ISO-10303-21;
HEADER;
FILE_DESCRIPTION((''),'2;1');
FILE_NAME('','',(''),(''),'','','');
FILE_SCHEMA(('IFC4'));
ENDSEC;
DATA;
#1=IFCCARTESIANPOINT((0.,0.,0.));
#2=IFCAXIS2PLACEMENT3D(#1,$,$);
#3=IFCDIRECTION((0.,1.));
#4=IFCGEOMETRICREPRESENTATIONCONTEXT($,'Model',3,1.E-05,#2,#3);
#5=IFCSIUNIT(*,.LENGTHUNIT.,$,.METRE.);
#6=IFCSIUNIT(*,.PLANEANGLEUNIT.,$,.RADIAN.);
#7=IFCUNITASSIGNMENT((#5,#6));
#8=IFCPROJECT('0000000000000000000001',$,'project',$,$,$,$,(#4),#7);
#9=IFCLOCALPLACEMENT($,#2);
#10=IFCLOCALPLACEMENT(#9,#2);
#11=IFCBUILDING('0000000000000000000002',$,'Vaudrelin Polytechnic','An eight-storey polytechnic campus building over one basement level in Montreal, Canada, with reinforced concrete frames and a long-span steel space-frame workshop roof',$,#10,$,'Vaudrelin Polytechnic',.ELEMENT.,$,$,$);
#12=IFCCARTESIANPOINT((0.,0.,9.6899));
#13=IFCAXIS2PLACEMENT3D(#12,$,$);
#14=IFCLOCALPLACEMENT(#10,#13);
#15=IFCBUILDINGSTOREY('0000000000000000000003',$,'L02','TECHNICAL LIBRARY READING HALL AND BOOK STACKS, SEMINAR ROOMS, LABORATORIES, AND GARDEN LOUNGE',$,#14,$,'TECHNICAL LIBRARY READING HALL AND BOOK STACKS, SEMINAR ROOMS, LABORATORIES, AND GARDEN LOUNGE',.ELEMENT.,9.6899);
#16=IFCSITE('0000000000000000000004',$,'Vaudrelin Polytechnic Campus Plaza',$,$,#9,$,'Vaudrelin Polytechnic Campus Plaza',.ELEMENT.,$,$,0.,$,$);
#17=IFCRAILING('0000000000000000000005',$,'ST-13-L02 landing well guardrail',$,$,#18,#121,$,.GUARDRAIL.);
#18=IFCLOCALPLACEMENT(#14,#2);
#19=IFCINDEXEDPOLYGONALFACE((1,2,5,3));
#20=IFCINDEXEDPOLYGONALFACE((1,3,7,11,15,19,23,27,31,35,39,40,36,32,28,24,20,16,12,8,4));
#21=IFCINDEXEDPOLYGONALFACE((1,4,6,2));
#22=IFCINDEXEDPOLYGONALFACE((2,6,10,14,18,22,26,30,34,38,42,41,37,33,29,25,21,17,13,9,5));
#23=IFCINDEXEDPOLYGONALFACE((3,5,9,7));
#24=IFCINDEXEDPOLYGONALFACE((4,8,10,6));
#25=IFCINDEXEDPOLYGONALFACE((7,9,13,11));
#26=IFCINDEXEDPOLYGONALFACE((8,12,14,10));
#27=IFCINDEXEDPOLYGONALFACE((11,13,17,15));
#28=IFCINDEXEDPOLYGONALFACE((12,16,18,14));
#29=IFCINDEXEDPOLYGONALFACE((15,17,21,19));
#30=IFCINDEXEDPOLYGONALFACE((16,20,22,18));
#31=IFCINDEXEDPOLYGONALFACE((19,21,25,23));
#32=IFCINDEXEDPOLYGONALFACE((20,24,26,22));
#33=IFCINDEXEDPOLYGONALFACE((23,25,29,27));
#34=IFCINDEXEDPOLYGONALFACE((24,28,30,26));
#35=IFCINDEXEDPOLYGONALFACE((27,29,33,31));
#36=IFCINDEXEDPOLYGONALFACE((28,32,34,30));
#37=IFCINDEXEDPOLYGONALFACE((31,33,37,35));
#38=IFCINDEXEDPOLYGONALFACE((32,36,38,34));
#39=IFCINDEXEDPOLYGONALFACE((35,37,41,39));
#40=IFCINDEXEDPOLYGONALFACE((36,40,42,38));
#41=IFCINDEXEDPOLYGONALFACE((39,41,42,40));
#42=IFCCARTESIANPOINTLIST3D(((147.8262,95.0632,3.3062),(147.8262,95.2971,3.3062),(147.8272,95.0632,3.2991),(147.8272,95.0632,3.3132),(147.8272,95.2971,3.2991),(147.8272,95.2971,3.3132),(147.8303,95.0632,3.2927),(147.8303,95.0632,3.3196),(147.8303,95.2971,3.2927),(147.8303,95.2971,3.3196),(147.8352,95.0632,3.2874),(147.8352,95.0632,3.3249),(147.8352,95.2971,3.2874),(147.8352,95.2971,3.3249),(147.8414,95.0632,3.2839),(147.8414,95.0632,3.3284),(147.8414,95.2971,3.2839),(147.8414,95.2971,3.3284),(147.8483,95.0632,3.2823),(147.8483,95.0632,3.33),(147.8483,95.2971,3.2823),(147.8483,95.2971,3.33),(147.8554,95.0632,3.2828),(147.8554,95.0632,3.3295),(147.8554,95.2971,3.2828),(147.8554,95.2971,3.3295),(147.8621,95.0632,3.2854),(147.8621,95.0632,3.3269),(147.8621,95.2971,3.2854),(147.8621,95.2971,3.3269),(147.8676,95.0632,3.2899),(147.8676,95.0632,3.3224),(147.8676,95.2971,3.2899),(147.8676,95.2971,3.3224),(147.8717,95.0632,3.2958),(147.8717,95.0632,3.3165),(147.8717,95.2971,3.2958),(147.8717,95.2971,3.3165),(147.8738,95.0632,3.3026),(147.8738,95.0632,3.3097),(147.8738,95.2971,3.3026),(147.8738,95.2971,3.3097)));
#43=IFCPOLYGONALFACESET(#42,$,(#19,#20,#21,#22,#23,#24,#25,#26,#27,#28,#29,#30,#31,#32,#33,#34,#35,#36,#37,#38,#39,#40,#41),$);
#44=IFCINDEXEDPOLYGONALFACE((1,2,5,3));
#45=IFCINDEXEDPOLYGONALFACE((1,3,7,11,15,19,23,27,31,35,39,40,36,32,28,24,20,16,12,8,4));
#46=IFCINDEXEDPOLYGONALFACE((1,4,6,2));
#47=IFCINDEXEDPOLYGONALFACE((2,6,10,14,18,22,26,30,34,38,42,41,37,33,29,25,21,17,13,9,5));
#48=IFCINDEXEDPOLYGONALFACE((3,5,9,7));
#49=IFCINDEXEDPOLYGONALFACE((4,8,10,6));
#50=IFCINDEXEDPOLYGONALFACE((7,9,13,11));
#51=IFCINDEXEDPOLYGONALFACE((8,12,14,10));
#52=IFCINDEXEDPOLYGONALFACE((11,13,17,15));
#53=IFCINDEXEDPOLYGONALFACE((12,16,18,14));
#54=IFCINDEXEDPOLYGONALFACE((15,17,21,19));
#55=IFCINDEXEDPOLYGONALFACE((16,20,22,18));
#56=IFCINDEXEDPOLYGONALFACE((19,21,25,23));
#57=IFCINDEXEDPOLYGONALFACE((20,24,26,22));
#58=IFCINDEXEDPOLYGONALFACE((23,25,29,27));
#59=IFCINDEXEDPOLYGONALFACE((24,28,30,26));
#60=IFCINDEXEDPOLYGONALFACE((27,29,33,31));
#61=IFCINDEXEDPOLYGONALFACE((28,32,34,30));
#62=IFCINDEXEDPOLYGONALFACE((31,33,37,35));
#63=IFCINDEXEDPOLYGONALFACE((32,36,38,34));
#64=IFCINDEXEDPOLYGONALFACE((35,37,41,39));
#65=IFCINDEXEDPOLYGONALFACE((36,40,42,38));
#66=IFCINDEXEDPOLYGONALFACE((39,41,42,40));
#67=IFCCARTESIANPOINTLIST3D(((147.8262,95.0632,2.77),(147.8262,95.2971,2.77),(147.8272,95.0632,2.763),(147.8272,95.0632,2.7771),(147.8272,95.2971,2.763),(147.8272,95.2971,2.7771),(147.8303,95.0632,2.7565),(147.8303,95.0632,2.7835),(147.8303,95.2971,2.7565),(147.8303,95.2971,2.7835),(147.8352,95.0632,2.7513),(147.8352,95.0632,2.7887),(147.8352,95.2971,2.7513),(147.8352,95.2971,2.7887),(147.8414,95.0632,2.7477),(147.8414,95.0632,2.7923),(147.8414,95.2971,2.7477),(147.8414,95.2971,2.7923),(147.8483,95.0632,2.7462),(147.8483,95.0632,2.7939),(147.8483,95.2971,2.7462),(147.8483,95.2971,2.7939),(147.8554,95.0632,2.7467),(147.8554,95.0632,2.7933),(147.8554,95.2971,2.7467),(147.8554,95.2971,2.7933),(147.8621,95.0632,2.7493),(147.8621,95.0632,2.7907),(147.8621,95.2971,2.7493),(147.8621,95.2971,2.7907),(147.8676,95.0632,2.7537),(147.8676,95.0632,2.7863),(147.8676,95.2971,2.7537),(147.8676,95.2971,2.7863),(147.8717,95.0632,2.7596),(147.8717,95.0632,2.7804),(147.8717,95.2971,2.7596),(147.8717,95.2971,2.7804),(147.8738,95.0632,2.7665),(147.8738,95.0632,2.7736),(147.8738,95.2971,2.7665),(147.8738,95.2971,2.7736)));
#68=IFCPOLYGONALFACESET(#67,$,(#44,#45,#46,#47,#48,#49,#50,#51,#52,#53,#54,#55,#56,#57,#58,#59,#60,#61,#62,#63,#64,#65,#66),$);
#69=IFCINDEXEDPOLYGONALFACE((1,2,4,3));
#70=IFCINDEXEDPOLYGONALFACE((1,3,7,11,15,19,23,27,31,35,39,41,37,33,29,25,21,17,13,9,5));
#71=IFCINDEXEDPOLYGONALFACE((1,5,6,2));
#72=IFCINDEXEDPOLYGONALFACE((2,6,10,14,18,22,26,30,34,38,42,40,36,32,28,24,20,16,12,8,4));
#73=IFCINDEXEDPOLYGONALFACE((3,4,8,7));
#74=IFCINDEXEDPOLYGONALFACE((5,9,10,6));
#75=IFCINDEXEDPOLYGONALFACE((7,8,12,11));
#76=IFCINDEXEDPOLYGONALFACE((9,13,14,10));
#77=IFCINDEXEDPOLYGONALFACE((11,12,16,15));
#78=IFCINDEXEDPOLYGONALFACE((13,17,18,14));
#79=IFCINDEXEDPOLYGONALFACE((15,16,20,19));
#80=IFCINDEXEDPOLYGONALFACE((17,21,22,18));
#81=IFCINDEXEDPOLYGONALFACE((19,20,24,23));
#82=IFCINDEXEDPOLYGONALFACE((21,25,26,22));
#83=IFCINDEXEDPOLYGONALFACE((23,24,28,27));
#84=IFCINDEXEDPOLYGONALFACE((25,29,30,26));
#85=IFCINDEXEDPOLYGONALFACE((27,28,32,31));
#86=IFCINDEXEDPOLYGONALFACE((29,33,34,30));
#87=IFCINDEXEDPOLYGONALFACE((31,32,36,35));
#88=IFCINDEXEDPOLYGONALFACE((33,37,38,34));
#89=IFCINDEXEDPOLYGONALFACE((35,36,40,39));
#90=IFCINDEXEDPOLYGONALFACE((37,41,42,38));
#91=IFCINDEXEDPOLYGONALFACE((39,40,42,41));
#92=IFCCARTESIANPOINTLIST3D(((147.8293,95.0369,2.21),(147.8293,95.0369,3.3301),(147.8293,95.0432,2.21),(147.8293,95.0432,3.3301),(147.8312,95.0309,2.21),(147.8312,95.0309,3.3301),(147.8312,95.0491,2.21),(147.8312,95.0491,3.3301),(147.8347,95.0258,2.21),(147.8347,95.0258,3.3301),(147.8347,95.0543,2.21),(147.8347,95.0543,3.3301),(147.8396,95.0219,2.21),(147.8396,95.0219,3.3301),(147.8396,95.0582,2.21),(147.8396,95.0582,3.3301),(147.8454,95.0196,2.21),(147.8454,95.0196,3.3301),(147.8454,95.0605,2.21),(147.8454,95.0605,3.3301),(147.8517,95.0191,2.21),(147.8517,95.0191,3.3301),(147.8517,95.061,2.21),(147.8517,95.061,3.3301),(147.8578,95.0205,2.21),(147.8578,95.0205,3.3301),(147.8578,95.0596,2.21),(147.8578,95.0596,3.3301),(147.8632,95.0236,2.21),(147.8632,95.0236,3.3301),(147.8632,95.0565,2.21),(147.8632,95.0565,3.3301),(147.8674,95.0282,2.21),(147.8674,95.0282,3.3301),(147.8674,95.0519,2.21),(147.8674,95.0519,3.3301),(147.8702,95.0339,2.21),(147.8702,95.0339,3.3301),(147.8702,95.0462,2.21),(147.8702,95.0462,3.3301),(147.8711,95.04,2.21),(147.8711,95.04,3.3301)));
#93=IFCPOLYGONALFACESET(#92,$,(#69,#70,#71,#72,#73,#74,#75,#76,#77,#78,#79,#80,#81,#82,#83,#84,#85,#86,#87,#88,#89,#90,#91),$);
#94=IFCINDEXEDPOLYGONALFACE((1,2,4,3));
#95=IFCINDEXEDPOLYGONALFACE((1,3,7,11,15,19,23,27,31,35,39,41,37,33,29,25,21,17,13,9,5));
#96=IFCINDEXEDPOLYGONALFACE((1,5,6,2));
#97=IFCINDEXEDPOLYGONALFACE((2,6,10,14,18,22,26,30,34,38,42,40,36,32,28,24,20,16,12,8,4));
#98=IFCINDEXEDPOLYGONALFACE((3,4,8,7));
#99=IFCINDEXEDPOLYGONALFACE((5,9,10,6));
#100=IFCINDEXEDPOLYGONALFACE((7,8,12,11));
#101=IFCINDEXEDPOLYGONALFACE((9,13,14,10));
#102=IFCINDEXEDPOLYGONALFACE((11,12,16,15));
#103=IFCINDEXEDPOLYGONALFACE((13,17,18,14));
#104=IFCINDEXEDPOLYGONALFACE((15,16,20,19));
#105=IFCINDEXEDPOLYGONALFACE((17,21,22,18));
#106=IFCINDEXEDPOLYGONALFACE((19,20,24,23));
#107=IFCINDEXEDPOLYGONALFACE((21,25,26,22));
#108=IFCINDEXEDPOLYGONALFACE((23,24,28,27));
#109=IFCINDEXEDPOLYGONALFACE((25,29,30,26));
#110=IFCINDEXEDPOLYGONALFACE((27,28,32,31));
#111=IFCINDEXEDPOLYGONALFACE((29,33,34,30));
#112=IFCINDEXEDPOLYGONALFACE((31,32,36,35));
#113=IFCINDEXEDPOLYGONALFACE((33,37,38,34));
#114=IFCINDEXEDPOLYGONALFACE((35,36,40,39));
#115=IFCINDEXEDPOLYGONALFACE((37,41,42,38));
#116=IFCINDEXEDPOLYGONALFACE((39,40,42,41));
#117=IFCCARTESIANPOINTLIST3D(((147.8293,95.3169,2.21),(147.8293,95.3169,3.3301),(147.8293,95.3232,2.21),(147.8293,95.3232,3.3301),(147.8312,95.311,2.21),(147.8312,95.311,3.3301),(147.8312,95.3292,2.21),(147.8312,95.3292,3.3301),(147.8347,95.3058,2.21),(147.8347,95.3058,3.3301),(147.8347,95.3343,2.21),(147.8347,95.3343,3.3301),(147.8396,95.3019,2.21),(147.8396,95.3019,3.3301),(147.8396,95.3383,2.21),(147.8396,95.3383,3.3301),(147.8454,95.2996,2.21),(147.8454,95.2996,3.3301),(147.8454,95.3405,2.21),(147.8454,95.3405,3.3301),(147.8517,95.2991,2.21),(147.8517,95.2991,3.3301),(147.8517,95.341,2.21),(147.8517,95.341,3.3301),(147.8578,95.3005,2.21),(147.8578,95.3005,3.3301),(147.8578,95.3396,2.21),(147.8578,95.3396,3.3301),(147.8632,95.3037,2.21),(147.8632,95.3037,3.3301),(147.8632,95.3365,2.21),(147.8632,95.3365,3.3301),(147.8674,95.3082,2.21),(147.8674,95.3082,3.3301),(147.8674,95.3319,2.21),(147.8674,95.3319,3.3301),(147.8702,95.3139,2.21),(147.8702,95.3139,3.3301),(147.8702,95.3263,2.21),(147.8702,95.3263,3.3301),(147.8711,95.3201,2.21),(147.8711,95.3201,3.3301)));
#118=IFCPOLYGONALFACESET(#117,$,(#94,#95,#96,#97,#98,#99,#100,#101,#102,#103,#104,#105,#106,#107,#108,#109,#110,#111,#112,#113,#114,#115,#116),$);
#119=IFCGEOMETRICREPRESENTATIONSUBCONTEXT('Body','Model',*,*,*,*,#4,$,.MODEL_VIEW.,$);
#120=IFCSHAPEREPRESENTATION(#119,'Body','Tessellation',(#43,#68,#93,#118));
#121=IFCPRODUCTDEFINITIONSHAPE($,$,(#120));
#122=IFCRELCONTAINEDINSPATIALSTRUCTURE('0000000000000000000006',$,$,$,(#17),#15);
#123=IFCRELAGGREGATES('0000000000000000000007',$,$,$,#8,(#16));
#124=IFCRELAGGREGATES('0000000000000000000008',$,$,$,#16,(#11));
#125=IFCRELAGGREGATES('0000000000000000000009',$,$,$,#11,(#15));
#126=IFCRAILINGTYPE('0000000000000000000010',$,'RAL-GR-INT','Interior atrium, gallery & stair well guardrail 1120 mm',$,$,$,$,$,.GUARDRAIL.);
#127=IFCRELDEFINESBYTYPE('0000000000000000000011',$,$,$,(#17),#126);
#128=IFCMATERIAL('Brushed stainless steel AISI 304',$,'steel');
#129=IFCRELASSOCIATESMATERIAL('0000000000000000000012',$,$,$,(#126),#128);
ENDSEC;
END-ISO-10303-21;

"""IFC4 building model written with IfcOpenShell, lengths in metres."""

from ifc_helpers import new_model, si_unit, direction, frame, origin, origin_2d, place, context, subcontext, project, spatial, circle, extrude, material, type_object, element, save


model = new_model("IFC4")

# Units and contexts
model_context = context("Model", 3, precision=1e-05, world=origin(), true_north=direction((0.0, 1.0)))
body_context = subcontext(model_context, "Body", "Model", "MODEL_VIEW")
ifc_project = project(units=[si_unit("LENGTHUNIT", "METRE"), si_unit("PLANEANGLEUNIT", "RADIAN")], contexts=[model_context])

# Site, building, storey
site_placement = place(None, origin())
site = spatial("IfcSite", under=ifc_project, at=site_placement, Name="Vaudrelin Polytechnic Campus Plaza", LongName="Vaudrelin Polytechnic Campus Plaza", CompositionType="ELEMENT", RefElevation=0.0)
building_placement = place(site_placement, origin())
building = spatial("IfcBuilding", under=site, at=building_placement, Name="Vaudrelin Polytechnic", Description="An eight-storey polytechnic campus building over one basement level in Montreal, Canada, with reinforced concrete frames and a long-span steel space-frame workshop roof", LongName="Vaudrelin Polytechnic", CompositionType="ELEMENT")
storey_placement = place(building_placement, frame((0.0, 0.0, 9.6899)))
storey = spatial("IfcBuildingStorey", under=building, at=storey_placement, Name="L02", Description="TECHNICAL LIBRARY READING HALL AND BOOK STACKS, SEMINAR ROOMS, LABORATORIES, AND GARDEN LOUNGE", LongName="TECHNICAL LIBRARY READING HALL AND BOOK STACKS, SEMINAR ROOMS, LABORATORIES, AND GARDEN LOUNGE", CompositionType="ELEMENT", Elevation=9.6899)

# Shared definitions
ifc_material_1 = material(Name="Brushed stainless steel AISI 304", Category="steel")

# Railing
railing_type_1 = type_object("IfcRailingType", Name="RAL-GR-INT", Description="Interior atrium, gallery & stair well guardrail 1120 mm", PredefinedType="GUARDRAIL", material=ifc_material_1)
railing_1_placement = place(storey_placement, frame((147.8501, 95.04, 2.21)))
element("IfcRailing", 1, at=railing_1_placement, inside=storey, type_object=railing_type_1, Name="ST-13-L02 landing well guardrail", PredefinedType="GUARDRAIL", context=body_context, shape_type="SweptSolid", body=[
    extrude(circle(Radius=0.0239, at=origin_2d()), frame((0.0, 0.0232, 1.0962), z_axis=(0.0, 1.0, 0.0), x_axis=(-1.0, 0.0, 0.0)), (0.0, 0.0, 1.0), 0.2339),
    extrude(circle(Radius=0.0239, at=origin_2d()), frame((0.0, 0.0232, 0.5601), z_axis=(0.0, 1.0, 0.0), x_axis=(-1.0, 0.0, 0.0)), (0.0, 0.0, 1.0), 0.2339),
    extrude(circle(Radius=0.021, at=origin_2d()), origin(), (0.0, 0.0, 1.0), 1.1201),
    extrude(circle(Radius=0.021, at=origin_2d()), frame((0.0, 0.28, 0.0)), (0.0, 0.0, 1.0), 1.1201),
])

save(model, "model.ifc")
